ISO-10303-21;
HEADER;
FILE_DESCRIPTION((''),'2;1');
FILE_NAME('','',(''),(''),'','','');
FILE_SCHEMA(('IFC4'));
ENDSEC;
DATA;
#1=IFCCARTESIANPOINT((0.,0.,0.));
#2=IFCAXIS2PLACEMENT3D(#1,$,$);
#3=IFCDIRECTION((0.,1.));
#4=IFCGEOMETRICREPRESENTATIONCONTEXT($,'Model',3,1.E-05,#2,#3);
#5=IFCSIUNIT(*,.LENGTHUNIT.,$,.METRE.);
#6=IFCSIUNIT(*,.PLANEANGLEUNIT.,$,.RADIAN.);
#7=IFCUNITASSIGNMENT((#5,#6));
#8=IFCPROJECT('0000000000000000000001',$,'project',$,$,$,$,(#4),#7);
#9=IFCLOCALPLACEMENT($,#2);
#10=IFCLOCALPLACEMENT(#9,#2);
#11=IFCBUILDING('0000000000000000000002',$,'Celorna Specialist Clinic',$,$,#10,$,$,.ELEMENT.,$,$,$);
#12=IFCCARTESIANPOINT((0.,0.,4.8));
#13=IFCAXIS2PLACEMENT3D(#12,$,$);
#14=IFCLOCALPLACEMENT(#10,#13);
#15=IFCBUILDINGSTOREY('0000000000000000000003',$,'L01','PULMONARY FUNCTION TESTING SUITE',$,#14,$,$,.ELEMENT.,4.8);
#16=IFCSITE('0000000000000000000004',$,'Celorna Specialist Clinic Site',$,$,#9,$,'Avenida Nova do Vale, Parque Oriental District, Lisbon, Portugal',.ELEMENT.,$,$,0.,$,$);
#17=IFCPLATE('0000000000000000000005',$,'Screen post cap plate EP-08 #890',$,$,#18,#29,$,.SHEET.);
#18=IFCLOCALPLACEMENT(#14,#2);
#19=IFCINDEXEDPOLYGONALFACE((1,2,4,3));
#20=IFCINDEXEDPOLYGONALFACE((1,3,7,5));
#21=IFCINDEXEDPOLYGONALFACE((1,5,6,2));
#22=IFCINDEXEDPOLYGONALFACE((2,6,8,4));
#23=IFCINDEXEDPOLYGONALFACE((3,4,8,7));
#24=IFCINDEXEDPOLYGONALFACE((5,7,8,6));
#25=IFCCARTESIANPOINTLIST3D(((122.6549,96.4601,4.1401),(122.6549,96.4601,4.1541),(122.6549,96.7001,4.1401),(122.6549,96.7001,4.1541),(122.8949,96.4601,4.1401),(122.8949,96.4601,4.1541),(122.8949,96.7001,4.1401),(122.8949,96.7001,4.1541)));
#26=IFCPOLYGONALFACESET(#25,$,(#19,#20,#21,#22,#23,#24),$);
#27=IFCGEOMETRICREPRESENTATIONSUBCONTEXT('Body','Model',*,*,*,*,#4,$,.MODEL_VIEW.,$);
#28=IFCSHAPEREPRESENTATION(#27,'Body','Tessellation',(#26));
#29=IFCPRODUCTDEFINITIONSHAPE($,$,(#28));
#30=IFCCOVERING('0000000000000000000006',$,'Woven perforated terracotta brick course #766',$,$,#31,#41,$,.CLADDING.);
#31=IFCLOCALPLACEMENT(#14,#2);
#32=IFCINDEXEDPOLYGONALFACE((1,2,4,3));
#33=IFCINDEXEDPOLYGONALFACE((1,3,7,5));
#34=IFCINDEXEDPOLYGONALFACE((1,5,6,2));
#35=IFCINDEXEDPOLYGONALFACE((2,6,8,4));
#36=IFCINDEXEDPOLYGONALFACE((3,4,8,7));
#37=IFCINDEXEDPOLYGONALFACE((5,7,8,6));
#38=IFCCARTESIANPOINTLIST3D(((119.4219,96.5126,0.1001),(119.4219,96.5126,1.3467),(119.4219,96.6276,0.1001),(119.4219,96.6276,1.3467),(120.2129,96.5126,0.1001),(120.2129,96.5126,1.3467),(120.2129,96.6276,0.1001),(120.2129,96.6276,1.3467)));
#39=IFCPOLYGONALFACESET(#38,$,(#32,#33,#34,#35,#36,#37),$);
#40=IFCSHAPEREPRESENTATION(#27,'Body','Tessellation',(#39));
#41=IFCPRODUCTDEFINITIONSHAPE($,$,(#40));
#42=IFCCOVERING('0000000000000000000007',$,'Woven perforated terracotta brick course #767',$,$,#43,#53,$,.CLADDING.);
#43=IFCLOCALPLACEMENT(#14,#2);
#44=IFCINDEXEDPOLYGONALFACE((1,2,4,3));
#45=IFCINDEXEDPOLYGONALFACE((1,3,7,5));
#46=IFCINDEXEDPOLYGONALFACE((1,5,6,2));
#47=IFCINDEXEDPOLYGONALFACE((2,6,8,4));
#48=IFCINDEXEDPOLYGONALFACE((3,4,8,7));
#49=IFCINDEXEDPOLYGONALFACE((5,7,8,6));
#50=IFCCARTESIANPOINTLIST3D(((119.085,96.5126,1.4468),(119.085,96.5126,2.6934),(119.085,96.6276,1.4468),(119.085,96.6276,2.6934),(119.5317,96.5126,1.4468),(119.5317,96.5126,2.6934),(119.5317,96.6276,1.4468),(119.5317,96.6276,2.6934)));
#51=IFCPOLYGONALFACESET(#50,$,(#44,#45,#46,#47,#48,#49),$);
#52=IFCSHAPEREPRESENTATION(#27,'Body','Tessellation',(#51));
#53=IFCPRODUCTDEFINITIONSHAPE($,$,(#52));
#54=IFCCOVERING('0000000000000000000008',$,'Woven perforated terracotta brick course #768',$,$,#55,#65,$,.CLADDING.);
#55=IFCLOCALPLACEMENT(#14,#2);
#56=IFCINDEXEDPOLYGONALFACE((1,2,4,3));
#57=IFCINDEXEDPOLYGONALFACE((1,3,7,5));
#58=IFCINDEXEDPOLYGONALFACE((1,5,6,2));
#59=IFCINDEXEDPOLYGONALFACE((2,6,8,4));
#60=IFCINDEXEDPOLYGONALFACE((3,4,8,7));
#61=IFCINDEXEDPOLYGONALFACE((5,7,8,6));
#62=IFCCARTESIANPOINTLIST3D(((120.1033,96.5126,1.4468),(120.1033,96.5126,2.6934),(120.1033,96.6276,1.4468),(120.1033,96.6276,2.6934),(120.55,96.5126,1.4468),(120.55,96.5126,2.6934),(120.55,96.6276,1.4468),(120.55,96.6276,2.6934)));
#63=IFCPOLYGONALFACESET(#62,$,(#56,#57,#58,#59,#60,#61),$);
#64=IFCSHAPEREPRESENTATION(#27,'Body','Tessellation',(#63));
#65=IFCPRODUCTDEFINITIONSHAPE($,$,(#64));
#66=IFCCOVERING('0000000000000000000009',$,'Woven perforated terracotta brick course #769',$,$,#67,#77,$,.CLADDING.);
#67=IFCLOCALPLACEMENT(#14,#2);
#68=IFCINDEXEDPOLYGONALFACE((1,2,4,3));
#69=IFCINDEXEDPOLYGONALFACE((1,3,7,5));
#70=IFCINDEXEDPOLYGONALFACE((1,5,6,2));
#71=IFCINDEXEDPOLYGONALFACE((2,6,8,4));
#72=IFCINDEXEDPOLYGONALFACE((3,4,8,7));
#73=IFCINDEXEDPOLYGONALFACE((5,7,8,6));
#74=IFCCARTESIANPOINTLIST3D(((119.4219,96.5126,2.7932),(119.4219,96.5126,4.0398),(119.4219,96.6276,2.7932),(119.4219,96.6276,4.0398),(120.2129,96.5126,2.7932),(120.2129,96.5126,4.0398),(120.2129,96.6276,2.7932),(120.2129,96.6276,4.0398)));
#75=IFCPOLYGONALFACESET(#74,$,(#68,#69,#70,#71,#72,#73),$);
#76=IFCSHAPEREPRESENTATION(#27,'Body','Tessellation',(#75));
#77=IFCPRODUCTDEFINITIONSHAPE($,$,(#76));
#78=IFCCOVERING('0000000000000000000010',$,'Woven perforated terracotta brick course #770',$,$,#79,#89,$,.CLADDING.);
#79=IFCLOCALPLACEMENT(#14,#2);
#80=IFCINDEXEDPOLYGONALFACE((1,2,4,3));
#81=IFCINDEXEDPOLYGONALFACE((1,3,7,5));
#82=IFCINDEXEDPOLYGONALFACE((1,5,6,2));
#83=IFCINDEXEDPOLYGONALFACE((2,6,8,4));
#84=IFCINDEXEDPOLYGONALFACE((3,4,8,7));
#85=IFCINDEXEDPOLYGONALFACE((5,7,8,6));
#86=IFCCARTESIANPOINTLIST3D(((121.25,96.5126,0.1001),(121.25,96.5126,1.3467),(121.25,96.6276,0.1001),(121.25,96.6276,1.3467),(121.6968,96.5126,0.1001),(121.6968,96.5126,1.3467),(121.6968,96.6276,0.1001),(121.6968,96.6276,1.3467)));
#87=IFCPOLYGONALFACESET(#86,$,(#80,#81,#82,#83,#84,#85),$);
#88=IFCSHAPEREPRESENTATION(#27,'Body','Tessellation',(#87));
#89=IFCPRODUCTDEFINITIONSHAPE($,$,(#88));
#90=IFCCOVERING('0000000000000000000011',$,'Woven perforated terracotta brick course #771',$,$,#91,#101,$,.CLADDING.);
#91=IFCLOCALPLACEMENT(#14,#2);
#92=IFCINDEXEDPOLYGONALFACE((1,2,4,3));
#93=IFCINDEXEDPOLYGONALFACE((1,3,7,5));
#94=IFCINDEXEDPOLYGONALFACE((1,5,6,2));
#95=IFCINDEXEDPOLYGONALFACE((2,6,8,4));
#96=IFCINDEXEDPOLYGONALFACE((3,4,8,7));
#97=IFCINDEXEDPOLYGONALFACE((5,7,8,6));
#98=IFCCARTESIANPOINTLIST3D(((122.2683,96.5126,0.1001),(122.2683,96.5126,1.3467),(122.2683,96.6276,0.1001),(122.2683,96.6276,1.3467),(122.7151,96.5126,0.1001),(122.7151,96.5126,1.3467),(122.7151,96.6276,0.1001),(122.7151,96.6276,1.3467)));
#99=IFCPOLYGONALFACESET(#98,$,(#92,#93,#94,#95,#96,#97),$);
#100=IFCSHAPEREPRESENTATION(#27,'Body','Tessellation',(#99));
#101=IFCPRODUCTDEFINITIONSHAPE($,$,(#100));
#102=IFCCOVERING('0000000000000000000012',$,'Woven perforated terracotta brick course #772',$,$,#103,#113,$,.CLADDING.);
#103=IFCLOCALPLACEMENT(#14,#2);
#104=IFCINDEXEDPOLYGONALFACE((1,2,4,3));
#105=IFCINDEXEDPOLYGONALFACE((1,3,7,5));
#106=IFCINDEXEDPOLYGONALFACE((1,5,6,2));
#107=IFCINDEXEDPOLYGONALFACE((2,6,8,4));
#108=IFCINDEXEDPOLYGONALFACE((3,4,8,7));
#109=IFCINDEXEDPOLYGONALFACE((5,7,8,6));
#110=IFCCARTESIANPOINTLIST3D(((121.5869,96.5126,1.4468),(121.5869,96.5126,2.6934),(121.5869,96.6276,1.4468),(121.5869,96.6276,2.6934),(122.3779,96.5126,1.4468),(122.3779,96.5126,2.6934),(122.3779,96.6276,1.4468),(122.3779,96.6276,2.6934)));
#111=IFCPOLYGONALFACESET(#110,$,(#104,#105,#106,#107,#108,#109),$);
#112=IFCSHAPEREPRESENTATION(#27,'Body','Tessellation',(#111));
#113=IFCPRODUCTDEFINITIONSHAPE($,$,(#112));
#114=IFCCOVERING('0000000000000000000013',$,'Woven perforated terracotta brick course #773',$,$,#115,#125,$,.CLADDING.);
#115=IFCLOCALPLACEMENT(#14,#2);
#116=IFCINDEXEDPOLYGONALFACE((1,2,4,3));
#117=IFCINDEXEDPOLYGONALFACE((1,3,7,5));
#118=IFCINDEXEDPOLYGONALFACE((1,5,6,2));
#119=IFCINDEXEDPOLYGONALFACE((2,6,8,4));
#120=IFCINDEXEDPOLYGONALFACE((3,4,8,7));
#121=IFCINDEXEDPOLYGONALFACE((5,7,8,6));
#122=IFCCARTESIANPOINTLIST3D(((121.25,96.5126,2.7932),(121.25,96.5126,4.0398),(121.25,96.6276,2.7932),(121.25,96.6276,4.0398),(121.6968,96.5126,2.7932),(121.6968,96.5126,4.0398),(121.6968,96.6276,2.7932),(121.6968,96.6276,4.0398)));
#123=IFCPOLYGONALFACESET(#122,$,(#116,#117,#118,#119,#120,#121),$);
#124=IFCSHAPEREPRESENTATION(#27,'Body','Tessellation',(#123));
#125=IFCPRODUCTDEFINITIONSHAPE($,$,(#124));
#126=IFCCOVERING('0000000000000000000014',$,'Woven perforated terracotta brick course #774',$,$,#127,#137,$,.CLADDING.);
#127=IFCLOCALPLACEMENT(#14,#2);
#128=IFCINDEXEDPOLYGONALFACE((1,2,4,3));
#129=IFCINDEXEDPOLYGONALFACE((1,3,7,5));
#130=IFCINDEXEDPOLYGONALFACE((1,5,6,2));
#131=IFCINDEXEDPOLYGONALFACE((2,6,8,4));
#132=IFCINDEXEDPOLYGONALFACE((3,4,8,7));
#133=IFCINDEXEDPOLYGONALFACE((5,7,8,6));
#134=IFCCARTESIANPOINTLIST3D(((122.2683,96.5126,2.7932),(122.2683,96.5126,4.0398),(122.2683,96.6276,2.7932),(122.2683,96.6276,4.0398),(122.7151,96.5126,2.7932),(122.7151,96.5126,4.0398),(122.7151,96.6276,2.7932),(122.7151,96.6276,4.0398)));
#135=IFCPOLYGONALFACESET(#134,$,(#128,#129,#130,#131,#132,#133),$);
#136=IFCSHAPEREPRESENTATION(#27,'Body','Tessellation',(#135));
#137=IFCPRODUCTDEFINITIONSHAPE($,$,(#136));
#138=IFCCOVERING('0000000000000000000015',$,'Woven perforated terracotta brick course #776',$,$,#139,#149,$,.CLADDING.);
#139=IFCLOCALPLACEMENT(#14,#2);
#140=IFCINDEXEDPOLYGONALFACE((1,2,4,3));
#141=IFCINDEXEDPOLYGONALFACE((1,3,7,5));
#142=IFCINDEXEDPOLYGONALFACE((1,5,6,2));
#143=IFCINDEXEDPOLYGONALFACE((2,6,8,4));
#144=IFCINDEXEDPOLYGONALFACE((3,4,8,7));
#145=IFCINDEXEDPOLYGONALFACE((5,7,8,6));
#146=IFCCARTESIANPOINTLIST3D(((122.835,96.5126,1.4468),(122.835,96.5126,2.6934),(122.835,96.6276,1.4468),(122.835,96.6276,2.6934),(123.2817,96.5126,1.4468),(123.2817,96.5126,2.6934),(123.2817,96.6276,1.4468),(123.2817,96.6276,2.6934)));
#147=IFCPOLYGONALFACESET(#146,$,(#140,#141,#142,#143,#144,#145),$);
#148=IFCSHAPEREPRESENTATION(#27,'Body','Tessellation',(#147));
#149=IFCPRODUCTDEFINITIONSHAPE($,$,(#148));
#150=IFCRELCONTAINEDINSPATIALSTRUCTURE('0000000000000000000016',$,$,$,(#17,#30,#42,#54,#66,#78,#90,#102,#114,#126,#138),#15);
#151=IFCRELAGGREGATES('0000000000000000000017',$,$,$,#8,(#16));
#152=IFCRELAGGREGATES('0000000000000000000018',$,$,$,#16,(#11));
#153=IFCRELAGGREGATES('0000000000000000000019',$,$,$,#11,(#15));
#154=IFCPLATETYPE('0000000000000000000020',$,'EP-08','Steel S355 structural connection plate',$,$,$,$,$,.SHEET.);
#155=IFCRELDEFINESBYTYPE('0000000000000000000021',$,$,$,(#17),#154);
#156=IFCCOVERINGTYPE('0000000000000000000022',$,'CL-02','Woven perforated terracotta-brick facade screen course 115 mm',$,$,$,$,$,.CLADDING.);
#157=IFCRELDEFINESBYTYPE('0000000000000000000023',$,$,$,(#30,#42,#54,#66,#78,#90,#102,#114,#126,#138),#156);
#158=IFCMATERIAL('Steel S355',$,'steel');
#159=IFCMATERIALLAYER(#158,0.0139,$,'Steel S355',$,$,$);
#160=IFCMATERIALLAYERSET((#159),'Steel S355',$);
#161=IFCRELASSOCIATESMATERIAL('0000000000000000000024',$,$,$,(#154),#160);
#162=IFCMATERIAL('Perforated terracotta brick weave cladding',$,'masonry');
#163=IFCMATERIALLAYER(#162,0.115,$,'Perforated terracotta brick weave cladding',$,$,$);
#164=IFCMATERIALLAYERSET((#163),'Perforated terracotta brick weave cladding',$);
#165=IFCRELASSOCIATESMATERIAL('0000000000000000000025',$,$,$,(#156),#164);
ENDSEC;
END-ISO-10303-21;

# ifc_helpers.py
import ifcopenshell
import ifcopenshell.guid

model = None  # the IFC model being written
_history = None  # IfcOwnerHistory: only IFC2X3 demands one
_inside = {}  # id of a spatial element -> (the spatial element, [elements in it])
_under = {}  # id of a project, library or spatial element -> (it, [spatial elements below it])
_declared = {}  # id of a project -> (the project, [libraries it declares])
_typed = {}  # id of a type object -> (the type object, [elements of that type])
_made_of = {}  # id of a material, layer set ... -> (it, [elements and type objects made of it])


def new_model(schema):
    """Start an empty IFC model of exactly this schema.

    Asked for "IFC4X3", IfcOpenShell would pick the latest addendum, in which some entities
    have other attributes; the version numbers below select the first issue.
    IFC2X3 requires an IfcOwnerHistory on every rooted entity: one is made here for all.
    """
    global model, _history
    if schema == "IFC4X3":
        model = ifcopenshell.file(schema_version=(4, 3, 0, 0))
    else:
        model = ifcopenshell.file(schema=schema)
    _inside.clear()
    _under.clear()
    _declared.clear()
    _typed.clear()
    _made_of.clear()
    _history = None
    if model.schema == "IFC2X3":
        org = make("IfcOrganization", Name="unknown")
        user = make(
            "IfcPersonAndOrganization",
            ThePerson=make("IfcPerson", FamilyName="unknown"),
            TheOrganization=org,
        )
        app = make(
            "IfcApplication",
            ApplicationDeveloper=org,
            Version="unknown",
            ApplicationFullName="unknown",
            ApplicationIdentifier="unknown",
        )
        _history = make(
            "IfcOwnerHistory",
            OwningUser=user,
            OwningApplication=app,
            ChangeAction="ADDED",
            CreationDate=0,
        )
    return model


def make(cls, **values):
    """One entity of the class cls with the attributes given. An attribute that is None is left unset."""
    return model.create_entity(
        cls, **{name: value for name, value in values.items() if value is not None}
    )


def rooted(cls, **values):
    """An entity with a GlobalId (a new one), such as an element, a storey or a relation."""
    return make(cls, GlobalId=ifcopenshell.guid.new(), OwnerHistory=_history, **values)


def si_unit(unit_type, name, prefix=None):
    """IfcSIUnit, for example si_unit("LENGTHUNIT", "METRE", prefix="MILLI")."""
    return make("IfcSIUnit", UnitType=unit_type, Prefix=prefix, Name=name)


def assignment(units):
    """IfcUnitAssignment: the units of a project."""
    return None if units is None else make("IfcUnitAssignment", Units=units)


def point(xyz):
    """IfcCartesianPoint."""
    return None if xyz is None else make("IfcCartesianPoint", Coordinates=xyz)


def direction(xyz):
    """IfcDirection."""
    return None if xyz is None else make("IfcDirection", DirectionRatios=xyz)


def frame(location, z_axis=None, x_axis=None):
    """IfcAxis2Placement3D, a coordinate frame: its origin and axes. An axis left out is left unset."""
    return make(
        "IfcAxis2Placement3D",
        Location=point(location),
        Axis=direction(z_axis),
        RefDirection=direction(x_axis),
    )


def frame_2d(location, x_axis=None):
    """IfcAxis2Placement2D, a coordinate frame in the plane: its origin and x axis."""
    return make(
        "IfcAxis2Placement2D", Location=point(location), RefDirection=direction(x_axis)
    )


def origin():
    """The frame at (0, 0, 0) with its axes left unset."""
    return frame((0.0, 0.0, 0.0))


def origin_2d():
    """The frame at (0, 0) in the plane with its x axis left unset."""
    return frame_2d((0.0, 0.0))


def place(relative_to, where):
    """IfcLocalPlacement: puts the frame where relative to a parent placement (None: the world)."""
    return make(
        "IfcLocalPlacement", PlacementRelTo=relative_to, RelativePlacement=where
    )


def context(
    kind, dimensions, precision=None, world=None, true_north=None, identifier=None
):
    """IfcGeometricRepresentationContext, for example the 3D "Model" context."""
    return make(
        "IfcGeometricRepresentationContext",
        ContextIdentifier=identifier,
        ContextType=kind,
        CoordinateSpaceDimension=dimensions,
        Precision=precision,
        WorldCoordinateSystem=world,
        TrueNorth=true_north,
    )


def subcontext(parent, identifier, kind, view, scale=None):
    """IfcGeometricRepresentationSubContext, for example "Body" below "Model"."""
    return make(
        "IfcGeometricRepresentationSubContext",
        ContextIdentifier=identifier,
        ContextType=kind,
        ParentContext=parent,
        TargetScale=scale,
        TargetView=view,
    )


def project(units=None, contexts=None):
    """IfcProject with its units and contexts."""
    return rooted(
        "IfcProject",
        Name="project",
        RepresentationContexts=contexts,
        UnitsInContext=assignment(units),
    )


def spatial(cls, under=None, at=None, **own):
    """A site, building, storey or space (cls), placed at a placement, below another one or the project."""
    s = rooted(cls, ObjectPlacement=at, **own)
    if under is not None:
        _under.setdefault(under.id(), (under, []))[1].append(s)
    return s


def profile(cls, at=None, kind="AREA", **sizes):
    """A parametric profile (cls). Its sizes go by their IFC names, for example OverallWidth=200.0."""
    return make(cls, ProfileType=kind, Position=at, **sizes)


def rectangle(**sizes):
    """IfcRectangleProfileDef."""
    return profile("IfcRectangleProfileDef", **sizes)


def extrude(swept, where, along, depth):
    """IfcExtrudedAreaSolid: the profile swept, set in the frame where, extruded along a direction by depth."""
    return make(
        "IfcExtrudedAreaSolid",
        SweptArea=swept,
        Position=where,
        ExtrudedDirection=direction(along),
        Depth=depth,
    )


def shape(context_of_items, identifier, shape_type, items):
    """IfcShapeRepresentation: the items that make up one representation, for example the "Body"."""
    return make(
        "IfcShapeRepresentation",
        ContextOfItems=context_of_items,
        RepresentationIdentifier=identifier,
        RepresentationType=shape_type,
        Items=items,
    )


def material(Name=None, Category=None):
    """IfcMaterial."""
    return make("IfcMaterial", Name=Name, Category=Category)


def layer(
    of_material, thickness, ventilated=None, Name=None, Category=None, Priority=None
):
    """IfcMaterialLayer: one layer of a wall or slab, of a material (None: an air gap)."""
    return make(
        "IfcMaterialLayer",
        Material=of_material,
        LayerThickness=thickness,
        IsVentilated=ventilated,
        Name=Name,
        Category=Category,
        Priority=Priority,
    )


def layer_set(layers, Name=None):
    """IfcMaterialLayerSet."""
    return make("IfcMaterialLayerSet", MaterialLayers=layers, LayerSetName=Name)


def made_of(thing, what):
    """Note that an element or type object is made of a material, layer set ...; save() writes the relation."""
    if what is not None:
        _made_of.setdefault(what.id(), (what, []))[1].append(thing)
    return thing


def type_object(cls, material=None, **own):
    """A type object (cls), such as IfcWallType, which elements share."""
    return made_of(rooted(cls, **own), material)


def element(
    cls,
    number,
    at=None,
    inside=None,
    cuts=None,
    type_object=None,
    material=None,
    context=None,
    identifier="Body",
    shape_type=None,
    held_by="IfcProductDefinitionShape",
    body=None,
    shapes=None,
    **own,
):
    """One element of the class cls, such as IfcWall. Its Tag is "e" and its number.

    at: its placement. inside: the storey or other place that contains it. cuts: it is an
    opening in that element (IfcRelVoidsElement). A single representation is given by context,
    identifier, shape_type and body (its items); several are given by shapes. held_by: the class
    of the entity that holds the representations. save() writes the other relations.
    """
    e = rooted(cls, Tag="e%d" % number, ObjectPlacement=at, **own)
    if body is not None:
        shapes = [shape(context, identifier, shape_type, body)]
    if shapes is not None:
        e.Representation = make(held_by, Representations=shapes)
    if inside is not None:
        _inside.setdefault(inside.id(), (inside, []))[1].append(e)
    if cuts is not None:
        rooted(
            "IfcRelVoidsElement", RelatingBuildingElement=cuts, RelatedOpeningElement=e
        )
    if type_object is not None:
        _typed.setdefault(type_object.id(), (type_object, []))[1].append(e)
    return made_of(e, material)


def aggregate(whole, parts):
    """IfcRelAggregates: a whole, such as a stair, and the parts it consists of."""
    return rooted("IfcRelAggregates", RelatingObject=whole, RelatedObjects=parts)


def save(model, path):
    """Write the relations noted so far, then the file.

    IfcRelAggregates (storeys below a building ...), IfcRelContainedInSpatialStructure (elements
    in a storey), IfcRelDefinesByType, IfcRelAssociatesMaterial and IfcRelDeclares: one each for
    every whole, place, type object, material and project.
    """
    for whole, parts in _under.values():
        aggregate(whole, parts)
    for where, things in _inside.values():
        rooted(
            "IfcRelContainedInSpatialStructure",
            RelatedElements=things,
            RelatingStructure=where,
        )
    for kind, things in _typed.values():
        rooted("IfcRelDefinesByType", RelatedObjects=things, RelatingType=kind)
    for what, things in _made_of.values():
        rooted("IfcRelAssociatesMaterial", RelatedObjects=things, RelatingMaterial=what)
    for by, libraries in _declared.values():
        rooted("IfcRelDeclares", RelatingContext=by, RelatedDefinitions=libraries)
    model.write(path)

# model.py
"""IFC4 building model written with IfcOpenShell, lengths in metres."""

from ifc_helpers import new_model, si_unit, direction, frame, origin, origin_2d, place, context, subcontext, project, spatial, rectangle, extrude, material, layer, layer_set, type_object, element, save


model = new_model("IFC4")

# Units and contexts
model_context = context("Model", 3, precision=1e-05, world=origin(), true_north=direction((0.0, 1.0)))
body_context = subcontext(model_context, "Body", "Model", "MODEL_VIEW")
ifc_project = project(units=[si_unit("LENGTHUNIT", "METRE"), si_unit("PLANEANGLEUNIT", "RADIAN")], contexts=[model_context])

# Site, building, storey
site_placement = place(None, origin())
site = spatial("IfcSite", under=ifc_project, at=site_placement, Name="Celorna Specialist Clinic Site", LongName="Avenida Nova do Vale, Parque Oriental District, Lisbon, Portugal", CompositionType="ELEMENT", RefElevation=0.0)
building_placement = place(site_placement, origin())
building = spatial("IfcBuilding", under=site, at=building_placement, Name="Celorna Specialist Clinic", CompositionType="ELEMENT")
storey_placement = place(building_placement, frame((0.0, 0.0, 4.8)))
storey = spatial("IfcBuildingStorey", under=building, at=storey_placement, Name="L01", Description="PULMONARY FUNCTION TESTING SUITE", CompositionType="ELEMENT", Elevation=4.8)

# Shared definitions
ifc_material_1 = material(Name="Steel S355", Category="steel")

# Plate
ifc_layer_1 = layer(ifc_material_1, 0.0139, Name="Steel S355")
ifc_layer_set_1 = layer_set([ifc_layer_1], Name="Steel S355")
plate_type_1 = type_object("IfcPlateType", Name="EP-08", Description="Steel S355 structural connection plate", PredefinedType="SHEET", material=ifc_layer_set_1)
plate_1_placement = place(storey_placement, frame((122.7749, 96.5801, 4.1401), z_axis=(0.0, 0.0, 1.0), x_axis=(1.0, 0.0, 0.0)))
element("IfcPlate", 1, at=plate_1_placement, inside=storey, type_object=plate_type_1, Name="Screen post cap plate EP-08 #890", PredefinedType="SHEET", context=body_context, shape_type="SweptSolid", body=[
    extrude(rectangle(XDim=0.24, YDim=0.24, at=origin_2d()), origin(), (0.0, 0.0, 1.0), 0.0139),
])

# Coverings
ifc_material_2 = material(Name="Perforated terracotta brick weave cladding", Category="masonry")
ifc_layer_2 = layer(ifc_material_2, 0.115, Name="Perforated terracotta brick weave cladding")
ifc_layer_set_2 = layer_set([ifc_layer_2], Name="Perforated terracotta brick weave cladding")
covering_type = type_object("IfcCoveringType", Name="CL-02", Description="Woven perforated terracotta-brick facade screen course 115 mm", PredefinedType="CLADDING", material=ifc_layer_set_2)
covering_1_placement = place(storey_placement, frame((119.8174, 96.5701, 0.1001), z_axis=(0.0, 0.0, 1.0), x_axis=(1.0, 0.0, 0.0)))
element("IfcCovering", 2, at=covering_1_placement, inside=storey, type_object=covering_type, Name="Woven perforated terracotta brick course #766", PredefinedType="CLADDING", context=body_context, shape_type="SweptSolid", body=[
    extrude(rectangle(XDim=0.791, YDim=0.115, at=origin_2d()), origin(), (0.0, 0.0, 1.0), 1.2466),
])
for number, where, z_axis, x_axis, name in (
    (3, (119.3083, 96.5701, 1.4468), (0.0, 0.0, 1.0), (1.0, 0.0, 0.0), "Woven perforated terracotta brick course #767"),
    (4, (120.3267, 96.5701, 1.4468), (0.0, 0.0, 1.0), (1.0, 0.0, 0.0), "Woven perforated terracotta brick course #768"),
):
    element("IfcCovering", number, at=place(storey_placement, frame(where, z_axis=z_axis, x_axis=x_axis)), inside=storey, type_object=covering_type, Name=name, PredefinedType="CLADDING", context=body_context, shape_type="SweptSolid", body=[
        extrude(rectangle(XDim=0.4468, YDim=0.115, at=origin_2d()), origin(), (0.0, 0.0, 1.0), 1.2466),
    ])
covering_2_placement = place(storey_placement, frame((119.8174, 96.5701, 2.7932), z_axis=(0.0, 0.0, 1.0), x_axis=(1.0, 0.0, 0.0)))
element("IfcCovering", 5, at=covering_2_placement, inside=storey, type_object=covering_type, Name="Woven perforated terracotta brick course #769", PredefinedType="CLADDING", context=body_context, shape_type="SweptSolid", body=[
    extrude(rectangle(XDim=0.791, YDim=0.115, at=origin_2d()), origin(), (0.0, 0.0, 1.0), 1.2466),
])
for number, where, z_axis, x_axis, name in (
    (6, (121.4734, 96.5701, 0.1001), (0.0, 0.0, 1.0), (1.0, 0.0, 0.0), "Woven perforated terracotta brick course #770"),
    (7, (122.4917, 96.5701, 0.1001), (0.0, 0.0, 1.0), (1.0, 0.0, 0.0), "Woven perforated terracotta brick course #771"),
):
    element("IfcCovering", number, at=place(storey_placement, frame(where, z_axis=z_axis, x_axis=x_axis)), inside=storey, type_object=covering_type, Name=name, PredefinedType="CLADDING", context=body_context, shape_type="SweptSolid", body=[
        extrude(rectangle(XDim=0.4468, YDim=0.115, at=origin_2d()), origin(), (0.0, 0.0, 1.0), 1.2466),
    ])
covering_3_placement = place(storey_placement, frame((121.9824, 96.5701, 1.4468), z_axis=(0.0, 0.0, 1.0), x_axis=(1.0, 0.0, 0.0)))
element("IfcCovering", 8, at=covering_3_placement, inside=storey, type_object=covering_type, Name="Woven perforated terracotta brick course #772", PredefinedType="CLADDING", context=body_context, shape_type="SweptSolid", body=[
    extrude(rectangle(XDim=0.791, YDim=0.115, at=origin_2d()), origin(), (0.0, 0.0, 1.0), 1.2466),
])
for number, where, z_axis, x_axis, name in (
    (9, (121.4734, 96.5701, 2.7932), (0.0, 0.0, 1.0), (1.0, 0.0, 0.0), "Woven perforated terracotta brick course #773"),
    (10, (122.4917, 96.5701, 2.7932), (0.0, 0.0, 1.0), (1.0, 0.0, 0.0), "Woven perforated terracotta brick course #774"),
    (11, (123.0583, 96.5701, 1.4468), (0.0, 0.0, 1.0), (1.0, 0.0, 0.0), "Woven perforated terracotta brick course #776"),
):
    element("IfcCovering", number, at=place(storey_placement, frame(where, z_axis=z_axis, x_axis=x_axis)), inside=storey, type_object=covering_type, Name=name, PredefinedType="CLADDING", context=body_context, shape_type="SweptSolid", body=[
        extrude(rectangle(XDim=0.4468, YDim=0.115, at=origin_2d()), origin(), (0.0, 0.0, 1.0), 1.2466),
    ])

save(model, "model.ifc")
